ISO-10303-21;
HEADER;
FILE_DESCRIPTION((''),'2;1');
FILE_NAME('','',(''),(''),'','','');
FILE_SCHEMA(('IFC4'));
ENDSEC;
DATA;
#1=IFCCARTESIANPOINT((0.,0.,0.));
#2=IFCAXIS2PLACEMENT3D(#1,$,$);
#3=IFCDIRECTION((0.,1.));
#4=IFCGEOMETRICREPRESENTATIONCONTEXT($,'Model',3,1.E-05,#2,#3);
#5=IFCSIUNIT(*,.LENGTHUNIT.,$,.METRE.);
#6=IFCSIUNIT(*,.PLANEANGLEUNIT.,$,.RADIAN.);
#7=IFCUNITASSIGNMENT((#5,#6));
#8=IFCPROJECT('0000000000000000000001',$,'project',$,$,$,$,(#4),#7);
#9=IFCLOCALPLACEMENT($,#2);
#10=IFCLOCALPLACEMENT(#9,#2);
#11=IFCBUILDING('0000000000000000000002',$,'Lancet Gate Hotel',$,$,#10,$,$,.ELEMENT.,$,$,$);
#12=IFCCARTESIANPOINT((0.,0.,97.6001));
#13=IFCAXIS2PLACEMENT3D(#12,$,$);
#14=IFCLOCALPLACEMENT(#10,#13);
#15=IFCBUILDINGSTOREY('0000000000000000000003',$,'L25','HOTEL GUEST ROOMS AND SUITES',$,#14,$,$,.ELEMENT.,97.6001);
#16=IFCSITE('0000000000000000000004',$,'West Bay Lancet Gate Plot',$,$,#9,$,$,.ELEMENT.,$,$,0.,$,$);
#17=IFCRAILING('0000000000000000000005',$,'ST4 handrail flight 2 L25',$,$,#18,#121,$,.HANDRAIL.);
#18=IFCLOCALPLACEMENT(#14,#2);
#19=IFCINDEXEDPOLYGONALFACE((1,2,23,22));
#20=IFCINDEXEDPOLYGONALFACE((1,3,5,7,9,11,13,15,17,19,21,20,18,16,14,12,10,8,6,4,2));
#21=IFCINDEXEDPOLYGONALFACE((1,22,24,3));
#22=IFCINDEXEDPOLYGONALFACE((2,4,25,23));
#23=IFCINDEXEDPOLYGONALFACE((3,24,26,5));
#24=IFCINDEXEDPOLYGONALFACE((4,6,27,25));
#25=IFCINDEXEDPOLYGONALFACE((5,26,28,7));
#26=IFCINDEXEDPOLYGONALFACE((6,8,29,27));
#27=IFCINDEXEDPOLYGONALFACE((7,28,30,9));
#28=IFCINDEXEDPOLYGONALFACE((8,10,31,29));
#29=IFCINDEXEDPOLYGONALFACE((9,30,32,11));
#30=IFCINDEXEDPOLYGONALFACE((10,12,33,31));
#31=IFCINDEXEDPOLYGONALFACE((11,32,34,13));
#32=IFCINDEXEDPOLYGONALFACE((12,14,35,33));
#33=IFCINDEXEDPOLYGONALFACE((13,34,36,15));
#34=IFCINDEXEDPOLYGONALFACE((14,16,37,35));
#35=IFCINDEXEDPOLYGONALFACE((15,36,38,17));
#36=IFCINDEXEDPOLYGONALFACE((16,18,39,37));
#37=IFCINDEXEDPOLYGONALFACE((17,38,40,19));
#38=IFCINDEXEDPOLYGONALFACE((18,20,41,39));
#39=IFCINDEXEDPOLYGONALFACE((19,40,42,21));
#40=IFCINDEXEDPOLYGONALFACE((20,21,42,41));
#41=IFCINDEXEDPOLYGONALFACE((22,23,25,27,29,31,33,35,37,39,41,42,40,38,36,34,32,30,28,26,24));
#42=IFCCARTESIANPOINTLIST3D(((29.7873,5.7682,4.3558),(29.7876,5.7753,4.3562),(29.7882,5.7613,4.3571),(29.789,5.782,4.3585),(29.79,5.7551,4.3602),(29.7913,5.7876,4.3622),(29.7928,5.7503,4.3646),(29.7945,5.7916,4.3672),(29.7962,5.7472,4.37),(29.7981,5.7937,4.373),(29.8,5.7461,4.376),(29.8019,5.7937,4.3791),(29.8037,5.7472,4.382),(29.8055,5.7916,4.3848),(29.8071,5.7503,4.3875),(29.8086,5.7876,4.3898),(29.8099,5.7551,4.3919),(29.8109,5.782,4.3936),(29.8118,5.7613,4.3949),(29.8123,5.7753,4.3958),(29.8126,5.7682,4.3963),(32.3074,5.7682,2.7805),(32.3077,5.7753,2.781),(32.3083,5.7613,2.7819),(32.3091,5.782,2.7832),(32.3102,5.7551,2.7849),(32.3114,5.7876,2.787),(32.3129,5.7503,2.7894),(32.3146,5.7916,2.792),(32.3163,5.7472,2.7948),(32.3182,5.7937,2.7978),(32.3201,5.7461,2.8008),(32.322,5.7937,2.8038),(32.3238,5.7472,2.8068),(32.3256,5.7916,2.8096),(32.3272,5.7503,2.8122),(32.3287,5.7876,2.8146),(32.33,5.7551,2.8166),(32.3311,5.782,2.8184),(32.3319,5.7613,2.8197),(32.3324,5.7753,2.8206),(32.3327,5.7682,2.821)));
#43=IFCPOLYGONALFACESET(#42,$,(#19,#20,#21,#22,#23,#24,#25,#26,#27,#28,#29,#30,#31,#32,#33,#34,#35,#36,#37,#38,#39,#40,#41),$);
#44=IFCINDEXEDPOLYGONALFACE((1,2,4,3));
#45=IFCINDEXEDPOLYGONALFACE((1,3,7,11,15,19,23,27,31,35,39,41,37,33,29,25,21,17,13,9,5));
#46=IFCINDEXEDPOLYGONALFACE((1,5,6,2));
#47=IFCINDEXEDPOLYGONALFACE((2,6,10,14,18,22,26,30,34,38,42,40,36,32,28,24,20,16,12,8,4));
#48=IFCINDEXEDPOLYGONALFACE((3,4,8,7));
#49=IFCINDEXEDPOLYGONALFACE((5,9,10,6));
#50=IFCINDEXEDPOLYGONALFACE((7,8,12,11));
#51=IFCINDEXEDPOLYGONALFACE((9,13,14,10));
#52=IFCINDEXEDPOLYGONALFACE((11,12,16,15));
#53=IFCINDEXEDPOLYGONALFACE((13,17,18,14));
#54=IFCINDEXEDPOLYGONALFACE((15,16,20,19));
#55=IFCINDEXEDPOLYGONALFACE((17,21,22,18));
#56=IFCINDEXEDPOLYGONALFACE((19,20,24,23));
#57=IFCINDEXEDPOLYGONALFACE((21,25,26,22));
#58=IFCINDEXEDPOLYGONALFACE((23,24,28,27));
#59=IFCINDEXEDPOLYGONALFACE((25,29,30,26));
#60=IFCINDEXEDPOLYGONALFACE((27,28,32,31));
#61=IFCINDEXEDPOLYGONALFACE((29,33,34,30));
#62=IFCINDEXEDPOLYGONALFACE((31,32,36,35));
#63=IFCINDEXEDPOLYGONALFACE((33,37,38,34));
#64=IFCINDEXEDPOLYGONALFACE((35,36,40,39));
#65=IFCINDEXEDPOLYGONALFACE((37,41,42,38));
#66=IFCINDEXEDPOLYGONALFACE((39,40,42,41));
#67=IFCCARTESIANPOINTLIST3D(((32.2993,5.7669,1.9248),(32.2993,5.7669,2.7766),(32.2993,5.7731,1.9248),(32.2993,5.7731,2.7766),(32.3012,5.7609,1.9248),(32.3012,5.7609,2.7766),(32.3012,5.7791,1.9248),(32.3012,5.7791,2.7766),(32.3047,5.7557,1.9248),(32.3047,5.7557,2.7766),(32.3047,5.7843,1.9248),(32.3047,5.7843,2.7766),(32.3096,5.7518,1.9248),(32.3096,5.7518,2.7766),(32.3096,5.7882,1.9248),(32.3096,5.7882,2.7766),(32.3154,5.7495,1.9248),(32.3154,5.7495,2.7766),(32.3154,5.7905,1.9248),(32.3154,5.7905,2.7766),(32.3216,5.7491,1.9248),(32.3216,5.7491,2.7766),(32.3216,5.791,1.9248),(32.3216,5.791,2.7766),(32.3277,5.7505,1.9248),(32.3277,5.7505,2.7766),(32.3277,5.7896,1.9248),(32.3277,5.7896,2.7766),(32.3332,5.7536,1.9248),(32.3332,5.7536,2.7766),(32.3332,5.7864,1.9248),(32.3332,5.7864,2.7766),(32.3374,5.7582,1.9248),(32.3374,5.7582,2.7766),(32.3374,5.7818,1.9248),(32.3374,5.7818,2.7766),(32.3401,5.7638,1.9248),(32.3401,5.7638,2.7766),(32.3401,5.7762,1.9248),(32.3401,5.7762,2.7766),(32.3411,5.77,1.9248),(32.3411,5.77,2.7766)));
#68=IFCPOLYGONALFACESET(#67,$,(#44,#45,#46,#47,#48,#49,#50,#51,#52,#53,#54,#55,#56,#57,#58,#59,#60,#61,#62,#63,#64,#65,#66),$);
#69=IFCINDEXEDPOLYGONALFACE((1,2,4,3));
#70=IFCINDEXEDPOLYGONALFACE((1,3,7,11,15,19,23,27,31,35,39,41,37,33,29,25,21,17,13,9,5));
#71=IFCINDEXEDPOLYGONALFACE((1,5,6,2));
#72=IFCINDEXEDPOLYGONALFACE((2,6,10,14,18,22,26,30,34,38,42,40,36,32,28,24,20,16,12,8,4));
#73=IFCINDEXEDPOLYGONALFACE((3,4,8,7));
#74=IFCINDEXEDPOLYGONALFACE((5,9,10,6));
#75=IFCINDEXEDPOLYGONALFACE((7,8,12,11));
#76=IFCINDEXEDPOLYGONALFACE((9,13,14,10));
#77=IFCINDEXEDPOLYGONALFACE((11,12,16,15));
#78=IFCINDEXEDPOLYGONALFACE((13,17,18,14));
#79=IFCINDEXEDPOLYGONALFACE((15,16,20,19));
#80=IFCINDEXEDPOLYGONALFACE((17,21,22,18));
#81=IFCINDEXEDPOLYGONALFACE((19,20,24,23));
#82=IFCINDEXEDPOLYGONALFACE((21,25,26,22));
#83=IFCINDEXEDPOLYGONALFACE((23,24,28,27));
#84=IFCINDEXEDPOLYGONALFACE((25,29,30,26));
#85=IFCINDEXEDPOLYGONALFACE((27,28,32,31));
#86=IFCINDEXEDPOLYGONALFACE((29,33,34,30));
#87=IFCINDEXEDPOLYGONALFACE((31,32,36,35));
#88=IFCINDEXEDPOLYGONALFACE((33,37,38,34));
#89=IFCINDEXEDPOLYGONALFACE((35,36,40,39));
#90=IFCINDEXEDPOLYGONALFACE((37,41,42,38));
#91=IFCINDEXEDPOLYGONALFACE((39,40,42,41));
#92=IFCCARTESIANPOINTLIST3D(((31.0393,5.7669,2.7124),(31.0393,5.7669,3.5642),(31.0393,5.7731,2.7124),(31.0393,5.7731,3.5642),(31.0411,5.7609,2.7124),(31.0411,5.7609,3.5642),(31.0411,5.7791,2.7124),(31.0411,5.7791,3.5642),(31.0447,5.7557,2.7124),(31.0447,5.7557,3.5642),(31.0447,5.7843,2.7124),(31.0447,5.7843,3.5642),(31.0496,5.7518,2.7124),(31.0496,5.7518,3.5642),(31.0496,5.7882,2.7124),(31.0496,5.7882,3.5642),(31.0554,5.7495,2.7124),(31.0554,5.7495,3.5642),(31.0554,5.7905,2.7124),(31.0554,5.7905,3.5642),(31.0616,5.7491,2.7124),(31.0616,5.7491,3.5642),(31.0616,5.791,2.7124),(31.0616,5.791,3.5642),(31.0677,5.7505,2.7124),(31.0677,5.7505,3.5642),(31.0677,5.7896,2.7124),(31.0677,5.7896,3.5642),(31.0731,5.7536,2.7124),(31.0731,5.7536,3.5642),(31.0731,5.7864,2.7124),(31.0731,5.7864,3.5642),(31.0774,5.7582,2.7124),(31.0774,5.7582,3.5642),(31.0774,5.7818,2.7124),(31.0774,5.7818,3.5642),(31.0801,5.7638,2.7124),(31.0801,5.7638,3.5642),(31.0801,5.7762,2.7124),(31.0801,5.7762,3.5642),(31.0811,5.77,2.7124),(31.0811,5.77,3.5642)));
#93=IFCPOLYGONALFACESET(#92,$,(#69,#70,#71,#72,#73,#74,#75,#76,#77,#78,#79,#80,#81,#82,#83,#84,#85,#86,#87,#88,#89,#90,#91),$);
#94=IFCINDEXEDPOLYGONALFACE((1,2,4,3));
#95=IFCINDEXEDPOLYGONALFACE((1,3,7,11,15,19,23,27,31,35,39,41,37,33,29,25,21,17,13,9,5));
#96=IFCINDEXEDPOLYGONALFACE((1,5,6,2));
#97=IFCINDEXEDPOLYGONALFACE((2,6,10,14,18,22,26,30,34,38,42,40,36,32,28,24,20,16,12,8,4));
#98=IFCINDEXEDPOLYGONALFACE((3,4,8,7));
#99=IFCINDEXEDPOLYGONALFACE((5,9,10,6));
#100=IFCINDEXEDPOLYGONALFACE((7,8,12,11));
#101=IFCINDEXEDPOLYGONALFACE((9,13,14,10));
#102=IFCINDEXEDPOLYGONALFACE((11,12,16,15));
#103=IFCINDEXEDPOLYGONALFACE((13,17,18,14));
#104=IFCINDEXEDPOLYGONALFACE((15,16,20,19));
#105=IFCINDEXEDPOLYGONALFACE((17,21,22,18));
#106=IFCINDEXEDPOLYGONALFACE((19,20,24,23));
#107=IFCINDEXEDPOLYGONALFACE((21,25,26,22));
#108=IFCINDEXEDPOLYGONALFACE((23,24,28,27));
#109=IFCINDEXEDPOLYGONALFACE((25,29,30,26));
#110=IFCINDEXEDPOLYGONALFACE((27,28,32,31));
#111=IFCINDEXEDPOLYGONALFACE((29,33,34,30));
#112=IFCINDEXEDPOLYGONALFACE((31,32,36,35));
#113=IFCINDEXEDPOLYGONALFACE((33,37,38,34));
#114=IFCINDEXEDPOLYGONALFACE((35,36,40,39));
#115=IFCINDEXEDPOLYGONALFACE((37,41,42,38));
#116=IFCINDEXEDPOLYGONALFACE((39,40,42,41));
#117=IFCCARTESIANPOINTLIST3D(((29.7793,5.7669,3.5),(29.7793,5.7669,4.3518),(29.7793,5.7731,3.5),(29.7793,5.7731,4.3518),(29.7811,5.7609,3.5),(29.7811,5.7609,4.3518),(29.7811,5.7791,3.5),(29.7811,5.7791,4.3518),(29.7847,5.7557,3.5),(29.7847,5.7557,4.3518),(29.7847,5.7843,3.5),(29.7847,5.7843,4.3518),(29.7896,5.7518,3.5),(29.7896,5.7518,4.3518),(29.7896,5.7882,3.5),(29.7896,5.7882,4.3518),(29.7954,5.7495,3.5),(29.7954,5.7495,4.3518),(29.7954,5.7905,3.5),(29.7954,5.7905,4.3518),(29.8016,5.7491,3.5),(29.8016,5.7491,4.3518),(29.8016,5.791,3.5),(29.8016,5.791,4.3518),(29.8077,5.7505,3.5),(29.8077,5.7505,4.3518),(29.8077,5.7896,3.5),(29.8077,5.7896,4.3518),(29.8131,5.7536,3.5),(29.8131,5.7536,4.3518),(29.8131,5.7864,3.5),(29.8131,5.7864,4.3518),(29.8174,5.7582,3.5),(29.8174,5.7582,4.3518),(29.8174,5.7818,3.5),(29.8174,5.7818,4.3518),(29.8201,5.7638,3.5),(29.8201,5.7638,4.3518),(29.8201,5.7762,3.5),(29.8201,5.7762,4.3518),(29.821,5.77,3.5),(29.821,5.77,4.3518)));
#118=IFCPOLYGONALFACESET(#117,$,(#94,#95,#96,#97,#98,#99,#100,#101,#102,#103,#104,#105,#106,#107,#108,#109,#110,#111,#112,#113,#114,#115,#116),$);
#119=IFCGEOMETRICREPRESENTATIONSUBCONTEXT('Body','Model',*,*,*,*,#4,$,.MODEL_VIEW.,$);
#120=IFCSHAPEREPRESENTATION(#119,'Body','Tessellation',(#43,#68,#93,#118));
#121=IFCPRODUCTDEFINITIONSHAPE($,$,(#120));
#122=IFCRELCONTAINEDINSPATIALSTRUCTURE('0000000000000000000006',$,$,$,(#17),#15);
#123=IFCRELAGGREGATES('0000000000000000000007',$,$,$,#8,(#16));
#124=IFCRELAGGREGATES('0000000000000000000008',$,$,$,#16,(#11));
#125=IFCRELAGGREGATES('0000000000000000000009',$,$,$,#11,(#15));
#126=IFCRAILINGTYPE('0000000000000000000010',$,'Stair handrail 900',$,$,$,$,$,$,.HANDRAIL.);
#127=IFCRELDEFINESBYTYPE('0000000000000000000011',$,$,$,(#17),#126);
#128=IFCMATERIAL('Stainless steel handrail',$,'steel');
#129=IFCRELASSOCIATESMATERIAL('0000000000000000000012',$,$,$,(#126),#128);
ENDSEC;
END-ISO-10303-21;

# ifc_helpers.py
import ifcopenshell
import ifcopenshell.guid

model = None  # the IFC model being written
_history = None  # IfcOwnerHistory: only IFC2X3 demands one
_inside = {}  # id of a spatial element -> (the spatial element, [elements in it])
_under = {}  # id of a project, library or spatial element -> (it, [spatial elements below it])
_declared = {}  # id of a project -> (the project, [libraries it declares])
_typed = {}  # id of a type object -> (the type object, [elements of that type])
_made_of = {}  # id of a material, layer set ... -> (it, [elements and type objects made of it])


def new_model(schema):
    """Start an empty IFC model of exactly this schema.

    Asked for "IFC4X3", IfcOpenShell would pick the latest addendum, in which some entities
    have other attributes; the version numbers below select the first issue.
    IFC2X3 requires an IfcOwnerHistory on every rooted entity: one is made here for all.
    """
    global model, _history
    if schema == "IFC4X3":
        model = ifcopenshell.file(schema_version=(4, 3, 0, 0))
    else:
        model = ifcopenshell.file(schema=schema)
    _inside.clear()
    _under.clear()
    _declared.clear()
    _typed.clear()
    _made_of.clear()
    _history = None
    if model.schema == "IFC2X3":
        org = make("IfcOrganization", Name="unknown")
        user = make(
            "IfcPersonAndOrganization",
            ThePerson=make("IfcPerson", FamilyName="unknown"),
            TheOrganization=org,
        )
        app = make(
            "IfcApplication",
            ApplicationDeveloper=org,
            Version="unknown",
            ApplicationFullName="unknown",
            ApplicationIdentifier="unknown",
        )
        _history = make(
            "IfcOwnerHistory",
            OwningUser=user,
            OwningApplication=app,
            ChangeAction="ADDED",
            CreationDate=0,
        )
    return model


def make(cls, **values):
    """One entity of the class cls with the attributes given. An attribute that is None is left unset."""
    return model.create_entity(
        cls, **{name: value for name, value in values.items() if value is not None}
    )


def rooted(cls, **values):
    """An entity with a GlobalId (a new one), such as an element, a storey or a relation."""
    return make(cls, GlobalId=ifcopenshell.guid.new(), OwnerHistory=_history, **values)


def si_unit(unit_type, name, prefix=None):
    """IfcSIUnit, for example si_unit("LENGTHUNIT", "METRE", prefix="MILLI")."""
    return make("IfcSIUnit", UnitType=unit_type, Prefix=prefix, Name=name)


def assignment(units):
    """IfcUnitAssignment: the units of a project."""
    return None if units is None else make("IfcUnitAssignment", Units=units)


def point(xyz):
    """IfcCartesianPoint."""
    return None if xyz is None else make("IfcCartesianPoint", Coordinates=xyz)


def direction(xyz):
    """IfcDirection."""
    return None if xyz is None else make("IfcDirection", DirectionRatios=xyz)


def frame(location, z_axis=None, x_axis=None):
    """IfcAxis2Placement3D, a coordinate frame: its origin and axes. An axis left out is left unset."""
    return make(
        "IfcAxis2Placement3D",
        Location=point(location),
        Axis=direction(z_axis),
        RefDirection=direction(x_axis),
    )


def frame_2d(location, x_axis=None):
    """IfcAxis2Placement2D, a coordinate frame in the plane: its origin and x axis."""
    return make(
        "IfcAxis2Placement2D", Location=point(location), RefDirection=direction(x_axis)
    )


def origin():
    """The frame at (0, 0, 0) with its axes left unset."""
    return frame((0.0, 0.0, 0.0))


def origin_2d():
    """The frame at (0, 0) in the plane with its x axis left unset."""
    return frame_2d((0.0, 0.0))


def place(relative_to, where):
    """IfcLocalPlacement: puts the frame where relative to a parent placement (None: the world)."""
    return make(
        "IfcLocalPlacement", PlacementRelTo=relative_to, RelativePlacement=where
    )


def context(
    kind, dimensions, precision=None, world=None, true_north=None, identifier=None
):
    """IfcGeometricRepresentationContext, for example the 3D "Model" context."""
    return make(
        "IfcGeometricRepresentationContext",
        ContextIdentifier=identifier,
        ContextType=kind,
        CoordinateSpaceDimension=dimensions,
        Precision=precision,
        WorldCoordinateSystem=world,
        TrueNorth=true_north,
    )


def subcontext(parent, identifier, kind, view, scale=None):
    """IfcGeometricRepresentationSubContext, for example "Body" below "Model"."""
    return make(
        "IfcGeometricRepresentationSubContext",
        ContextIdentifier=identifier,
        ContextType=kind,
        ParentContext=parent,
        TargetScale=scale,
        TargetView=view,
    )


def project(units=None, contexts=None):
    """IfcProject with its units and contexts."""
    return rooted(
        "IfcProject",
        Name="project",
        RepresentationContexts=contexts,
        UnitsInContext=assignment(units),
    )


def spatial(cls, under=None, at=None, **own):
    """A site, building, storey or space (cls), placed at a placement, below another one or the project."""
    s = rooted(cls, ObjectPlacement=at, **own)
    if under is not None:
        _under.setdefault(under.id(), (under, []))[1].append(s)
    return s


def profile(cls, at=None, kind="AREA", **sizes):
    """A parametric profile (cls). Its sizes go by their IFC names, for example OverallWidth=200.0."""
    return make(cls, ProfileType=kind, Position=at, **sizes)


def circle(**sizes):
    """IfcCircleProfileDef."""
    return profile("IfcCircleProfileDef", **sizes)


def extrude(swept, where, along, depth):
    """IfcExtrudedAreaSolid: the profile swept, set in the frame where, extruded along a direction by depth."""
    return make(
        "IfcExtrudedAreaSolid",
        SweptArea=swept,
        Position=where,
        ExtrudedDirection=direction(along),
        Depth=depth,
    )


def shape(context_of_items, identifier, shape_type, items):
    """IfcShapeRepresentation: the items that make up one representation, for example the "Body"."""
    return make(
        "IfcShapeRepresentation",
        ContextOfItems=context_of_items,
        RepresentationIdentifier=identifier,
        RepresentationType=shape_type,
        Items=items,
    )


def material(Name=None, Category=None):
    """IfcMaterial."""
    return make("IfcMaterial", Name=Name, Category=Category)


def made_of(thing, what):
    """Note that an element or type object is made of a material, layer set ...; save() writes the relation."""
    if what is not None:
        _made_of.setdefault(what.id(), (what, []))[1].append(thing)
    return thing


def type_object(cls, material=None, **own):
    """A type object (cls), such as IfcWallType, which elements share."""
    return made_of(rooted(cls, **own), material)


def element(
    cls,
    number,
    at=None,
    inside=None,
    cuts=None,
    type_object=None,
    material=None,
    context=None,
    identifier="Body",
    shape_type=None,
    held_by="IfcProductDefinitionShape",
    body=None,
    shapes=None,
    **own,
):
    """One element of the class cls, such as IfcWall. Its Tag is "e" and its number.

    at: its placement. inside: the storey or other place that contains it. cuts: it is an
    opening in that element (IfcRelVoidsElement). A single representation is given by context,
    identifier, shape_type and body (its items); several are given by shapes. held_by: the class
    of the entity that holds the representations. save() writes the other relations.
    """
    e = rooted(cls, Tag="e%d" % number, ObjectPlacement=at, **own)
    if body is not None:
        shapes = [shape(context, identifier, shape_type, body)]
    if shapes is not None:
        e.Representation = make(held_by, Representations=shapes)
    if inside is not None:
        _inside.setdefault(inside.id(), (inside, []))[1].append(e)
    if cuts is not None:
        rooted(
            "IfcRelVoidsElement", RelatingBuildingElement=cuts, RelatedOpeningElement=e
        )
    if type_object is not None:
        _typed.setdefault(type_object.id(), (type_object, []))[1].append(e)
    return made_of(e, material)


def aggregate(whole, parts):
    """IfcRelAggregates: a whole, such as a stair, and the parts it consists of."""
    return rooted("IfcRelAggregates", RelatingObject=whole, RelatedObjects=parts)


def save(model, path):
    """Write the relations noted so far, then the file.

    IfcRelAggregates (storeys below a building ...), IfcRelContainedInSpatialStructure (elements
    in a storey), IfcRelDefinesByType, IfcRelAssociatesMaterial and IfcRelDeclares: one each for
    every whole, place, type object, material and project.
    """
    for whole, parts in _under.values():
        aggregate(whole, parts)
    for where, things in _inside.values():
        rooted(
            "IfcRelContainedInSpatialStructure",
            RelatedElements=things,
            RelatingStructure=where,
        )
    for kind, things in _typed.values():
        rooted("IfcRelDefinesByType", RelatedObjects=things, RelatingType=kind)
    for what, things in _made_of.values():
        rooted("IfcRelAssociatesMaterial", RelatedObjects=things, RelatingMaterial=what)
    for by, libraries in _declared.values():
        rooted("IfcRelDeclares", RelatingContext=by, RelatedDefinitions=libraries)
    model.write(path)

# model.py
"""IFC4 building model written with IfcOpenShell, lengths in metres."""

from ifc_helpers import new_model, si_unit, direction, frame, origin, origin_2d, place, context, subcontext, project, spatial, circle, extrude, material, type_object, element, save


model = new_model("IFC4")

# Units and contexts
model_context = context("Model", 3, precision=1e-05, world=origin(), true_north=direction((0.0, 1.0)))
body_context = subcontext(model_context, "Body", "Model", "MODEL_VIEW")
ifc_project = project(units=[si_unit("LENGTHUNIT", "METRE"), si_unit("PLANEANGLEUNIT", "RADIAN")], contexts=[model_context])

# Site, building, storey
site_placement = place(None, origin())
site = spatial("IfcSite", under=ifc_project, at=site_placement, Name="West Bay Lancet Gate Plot", CompositionType="ELEMENT", RefElevation=0.0)
building_placement = place(site_placement, origin())
building = spatial("IfcBuilding", under=site, at=building_placement, Name="Lancet Gate Hotel", CompositionType="ELEMENT")
storey_placement = place(building_placement, frame((0.0, 0.0, 97.6001)))
storey = spatial("IfcBuildingStorey", under=building, at=storey_placement, Name="L25", Description="HOTEL GUEST ROOMS AND SUITES", CompositionType="ELEMENT", Elevation=97.6001)

# Railing
ifc_material_1 = material(Name="Stainless steel handrail", Category="steel")
railing_type = type_object("IfcRailingType", Name="Stair handrail 900", PredefinedType="HANDRAIL", material=ifc_material_1)
railing_1_placement = place(storey_placement, frame((32.3201, 5.77, 1.9248)))
element("IfcRailing", 1, at=railing_1_placement, inside=storey, type_object=railing_type, Name="ST4 handrail flight 2 L25", PredefinedType="HANDRAIL", context=body_context, shape_type="SweptSolid", body=[
    extrude(circle(Radius=0.0239, at=origin_2d()), frame((0.0, 0.0, 0.876), z_axis=(-0.847971, 0.0, 0.530043), x_axis=(0.0, -1.0, 0.0)), (0.0, 0.0, 1.0), 2.9719),
    extrude(circle(Radius=0.021, at=origin_2d()), origin(), (0.0, 0.0, 1.0), 0.8518),
    extrude(circle(Radius=0.021, at=origin_2d()), frame((-1.26, 0.0, 0.7876)), (0.0, 0.0, 1.0), 0.8518),
    extrude(circle(Radius=0.021, at=origin_2d()), frame((-2.52, 0.0, 1.5752)), (0.0, 0.0, 1.0), 0.8518),
])

save(model, "model.ifc")
